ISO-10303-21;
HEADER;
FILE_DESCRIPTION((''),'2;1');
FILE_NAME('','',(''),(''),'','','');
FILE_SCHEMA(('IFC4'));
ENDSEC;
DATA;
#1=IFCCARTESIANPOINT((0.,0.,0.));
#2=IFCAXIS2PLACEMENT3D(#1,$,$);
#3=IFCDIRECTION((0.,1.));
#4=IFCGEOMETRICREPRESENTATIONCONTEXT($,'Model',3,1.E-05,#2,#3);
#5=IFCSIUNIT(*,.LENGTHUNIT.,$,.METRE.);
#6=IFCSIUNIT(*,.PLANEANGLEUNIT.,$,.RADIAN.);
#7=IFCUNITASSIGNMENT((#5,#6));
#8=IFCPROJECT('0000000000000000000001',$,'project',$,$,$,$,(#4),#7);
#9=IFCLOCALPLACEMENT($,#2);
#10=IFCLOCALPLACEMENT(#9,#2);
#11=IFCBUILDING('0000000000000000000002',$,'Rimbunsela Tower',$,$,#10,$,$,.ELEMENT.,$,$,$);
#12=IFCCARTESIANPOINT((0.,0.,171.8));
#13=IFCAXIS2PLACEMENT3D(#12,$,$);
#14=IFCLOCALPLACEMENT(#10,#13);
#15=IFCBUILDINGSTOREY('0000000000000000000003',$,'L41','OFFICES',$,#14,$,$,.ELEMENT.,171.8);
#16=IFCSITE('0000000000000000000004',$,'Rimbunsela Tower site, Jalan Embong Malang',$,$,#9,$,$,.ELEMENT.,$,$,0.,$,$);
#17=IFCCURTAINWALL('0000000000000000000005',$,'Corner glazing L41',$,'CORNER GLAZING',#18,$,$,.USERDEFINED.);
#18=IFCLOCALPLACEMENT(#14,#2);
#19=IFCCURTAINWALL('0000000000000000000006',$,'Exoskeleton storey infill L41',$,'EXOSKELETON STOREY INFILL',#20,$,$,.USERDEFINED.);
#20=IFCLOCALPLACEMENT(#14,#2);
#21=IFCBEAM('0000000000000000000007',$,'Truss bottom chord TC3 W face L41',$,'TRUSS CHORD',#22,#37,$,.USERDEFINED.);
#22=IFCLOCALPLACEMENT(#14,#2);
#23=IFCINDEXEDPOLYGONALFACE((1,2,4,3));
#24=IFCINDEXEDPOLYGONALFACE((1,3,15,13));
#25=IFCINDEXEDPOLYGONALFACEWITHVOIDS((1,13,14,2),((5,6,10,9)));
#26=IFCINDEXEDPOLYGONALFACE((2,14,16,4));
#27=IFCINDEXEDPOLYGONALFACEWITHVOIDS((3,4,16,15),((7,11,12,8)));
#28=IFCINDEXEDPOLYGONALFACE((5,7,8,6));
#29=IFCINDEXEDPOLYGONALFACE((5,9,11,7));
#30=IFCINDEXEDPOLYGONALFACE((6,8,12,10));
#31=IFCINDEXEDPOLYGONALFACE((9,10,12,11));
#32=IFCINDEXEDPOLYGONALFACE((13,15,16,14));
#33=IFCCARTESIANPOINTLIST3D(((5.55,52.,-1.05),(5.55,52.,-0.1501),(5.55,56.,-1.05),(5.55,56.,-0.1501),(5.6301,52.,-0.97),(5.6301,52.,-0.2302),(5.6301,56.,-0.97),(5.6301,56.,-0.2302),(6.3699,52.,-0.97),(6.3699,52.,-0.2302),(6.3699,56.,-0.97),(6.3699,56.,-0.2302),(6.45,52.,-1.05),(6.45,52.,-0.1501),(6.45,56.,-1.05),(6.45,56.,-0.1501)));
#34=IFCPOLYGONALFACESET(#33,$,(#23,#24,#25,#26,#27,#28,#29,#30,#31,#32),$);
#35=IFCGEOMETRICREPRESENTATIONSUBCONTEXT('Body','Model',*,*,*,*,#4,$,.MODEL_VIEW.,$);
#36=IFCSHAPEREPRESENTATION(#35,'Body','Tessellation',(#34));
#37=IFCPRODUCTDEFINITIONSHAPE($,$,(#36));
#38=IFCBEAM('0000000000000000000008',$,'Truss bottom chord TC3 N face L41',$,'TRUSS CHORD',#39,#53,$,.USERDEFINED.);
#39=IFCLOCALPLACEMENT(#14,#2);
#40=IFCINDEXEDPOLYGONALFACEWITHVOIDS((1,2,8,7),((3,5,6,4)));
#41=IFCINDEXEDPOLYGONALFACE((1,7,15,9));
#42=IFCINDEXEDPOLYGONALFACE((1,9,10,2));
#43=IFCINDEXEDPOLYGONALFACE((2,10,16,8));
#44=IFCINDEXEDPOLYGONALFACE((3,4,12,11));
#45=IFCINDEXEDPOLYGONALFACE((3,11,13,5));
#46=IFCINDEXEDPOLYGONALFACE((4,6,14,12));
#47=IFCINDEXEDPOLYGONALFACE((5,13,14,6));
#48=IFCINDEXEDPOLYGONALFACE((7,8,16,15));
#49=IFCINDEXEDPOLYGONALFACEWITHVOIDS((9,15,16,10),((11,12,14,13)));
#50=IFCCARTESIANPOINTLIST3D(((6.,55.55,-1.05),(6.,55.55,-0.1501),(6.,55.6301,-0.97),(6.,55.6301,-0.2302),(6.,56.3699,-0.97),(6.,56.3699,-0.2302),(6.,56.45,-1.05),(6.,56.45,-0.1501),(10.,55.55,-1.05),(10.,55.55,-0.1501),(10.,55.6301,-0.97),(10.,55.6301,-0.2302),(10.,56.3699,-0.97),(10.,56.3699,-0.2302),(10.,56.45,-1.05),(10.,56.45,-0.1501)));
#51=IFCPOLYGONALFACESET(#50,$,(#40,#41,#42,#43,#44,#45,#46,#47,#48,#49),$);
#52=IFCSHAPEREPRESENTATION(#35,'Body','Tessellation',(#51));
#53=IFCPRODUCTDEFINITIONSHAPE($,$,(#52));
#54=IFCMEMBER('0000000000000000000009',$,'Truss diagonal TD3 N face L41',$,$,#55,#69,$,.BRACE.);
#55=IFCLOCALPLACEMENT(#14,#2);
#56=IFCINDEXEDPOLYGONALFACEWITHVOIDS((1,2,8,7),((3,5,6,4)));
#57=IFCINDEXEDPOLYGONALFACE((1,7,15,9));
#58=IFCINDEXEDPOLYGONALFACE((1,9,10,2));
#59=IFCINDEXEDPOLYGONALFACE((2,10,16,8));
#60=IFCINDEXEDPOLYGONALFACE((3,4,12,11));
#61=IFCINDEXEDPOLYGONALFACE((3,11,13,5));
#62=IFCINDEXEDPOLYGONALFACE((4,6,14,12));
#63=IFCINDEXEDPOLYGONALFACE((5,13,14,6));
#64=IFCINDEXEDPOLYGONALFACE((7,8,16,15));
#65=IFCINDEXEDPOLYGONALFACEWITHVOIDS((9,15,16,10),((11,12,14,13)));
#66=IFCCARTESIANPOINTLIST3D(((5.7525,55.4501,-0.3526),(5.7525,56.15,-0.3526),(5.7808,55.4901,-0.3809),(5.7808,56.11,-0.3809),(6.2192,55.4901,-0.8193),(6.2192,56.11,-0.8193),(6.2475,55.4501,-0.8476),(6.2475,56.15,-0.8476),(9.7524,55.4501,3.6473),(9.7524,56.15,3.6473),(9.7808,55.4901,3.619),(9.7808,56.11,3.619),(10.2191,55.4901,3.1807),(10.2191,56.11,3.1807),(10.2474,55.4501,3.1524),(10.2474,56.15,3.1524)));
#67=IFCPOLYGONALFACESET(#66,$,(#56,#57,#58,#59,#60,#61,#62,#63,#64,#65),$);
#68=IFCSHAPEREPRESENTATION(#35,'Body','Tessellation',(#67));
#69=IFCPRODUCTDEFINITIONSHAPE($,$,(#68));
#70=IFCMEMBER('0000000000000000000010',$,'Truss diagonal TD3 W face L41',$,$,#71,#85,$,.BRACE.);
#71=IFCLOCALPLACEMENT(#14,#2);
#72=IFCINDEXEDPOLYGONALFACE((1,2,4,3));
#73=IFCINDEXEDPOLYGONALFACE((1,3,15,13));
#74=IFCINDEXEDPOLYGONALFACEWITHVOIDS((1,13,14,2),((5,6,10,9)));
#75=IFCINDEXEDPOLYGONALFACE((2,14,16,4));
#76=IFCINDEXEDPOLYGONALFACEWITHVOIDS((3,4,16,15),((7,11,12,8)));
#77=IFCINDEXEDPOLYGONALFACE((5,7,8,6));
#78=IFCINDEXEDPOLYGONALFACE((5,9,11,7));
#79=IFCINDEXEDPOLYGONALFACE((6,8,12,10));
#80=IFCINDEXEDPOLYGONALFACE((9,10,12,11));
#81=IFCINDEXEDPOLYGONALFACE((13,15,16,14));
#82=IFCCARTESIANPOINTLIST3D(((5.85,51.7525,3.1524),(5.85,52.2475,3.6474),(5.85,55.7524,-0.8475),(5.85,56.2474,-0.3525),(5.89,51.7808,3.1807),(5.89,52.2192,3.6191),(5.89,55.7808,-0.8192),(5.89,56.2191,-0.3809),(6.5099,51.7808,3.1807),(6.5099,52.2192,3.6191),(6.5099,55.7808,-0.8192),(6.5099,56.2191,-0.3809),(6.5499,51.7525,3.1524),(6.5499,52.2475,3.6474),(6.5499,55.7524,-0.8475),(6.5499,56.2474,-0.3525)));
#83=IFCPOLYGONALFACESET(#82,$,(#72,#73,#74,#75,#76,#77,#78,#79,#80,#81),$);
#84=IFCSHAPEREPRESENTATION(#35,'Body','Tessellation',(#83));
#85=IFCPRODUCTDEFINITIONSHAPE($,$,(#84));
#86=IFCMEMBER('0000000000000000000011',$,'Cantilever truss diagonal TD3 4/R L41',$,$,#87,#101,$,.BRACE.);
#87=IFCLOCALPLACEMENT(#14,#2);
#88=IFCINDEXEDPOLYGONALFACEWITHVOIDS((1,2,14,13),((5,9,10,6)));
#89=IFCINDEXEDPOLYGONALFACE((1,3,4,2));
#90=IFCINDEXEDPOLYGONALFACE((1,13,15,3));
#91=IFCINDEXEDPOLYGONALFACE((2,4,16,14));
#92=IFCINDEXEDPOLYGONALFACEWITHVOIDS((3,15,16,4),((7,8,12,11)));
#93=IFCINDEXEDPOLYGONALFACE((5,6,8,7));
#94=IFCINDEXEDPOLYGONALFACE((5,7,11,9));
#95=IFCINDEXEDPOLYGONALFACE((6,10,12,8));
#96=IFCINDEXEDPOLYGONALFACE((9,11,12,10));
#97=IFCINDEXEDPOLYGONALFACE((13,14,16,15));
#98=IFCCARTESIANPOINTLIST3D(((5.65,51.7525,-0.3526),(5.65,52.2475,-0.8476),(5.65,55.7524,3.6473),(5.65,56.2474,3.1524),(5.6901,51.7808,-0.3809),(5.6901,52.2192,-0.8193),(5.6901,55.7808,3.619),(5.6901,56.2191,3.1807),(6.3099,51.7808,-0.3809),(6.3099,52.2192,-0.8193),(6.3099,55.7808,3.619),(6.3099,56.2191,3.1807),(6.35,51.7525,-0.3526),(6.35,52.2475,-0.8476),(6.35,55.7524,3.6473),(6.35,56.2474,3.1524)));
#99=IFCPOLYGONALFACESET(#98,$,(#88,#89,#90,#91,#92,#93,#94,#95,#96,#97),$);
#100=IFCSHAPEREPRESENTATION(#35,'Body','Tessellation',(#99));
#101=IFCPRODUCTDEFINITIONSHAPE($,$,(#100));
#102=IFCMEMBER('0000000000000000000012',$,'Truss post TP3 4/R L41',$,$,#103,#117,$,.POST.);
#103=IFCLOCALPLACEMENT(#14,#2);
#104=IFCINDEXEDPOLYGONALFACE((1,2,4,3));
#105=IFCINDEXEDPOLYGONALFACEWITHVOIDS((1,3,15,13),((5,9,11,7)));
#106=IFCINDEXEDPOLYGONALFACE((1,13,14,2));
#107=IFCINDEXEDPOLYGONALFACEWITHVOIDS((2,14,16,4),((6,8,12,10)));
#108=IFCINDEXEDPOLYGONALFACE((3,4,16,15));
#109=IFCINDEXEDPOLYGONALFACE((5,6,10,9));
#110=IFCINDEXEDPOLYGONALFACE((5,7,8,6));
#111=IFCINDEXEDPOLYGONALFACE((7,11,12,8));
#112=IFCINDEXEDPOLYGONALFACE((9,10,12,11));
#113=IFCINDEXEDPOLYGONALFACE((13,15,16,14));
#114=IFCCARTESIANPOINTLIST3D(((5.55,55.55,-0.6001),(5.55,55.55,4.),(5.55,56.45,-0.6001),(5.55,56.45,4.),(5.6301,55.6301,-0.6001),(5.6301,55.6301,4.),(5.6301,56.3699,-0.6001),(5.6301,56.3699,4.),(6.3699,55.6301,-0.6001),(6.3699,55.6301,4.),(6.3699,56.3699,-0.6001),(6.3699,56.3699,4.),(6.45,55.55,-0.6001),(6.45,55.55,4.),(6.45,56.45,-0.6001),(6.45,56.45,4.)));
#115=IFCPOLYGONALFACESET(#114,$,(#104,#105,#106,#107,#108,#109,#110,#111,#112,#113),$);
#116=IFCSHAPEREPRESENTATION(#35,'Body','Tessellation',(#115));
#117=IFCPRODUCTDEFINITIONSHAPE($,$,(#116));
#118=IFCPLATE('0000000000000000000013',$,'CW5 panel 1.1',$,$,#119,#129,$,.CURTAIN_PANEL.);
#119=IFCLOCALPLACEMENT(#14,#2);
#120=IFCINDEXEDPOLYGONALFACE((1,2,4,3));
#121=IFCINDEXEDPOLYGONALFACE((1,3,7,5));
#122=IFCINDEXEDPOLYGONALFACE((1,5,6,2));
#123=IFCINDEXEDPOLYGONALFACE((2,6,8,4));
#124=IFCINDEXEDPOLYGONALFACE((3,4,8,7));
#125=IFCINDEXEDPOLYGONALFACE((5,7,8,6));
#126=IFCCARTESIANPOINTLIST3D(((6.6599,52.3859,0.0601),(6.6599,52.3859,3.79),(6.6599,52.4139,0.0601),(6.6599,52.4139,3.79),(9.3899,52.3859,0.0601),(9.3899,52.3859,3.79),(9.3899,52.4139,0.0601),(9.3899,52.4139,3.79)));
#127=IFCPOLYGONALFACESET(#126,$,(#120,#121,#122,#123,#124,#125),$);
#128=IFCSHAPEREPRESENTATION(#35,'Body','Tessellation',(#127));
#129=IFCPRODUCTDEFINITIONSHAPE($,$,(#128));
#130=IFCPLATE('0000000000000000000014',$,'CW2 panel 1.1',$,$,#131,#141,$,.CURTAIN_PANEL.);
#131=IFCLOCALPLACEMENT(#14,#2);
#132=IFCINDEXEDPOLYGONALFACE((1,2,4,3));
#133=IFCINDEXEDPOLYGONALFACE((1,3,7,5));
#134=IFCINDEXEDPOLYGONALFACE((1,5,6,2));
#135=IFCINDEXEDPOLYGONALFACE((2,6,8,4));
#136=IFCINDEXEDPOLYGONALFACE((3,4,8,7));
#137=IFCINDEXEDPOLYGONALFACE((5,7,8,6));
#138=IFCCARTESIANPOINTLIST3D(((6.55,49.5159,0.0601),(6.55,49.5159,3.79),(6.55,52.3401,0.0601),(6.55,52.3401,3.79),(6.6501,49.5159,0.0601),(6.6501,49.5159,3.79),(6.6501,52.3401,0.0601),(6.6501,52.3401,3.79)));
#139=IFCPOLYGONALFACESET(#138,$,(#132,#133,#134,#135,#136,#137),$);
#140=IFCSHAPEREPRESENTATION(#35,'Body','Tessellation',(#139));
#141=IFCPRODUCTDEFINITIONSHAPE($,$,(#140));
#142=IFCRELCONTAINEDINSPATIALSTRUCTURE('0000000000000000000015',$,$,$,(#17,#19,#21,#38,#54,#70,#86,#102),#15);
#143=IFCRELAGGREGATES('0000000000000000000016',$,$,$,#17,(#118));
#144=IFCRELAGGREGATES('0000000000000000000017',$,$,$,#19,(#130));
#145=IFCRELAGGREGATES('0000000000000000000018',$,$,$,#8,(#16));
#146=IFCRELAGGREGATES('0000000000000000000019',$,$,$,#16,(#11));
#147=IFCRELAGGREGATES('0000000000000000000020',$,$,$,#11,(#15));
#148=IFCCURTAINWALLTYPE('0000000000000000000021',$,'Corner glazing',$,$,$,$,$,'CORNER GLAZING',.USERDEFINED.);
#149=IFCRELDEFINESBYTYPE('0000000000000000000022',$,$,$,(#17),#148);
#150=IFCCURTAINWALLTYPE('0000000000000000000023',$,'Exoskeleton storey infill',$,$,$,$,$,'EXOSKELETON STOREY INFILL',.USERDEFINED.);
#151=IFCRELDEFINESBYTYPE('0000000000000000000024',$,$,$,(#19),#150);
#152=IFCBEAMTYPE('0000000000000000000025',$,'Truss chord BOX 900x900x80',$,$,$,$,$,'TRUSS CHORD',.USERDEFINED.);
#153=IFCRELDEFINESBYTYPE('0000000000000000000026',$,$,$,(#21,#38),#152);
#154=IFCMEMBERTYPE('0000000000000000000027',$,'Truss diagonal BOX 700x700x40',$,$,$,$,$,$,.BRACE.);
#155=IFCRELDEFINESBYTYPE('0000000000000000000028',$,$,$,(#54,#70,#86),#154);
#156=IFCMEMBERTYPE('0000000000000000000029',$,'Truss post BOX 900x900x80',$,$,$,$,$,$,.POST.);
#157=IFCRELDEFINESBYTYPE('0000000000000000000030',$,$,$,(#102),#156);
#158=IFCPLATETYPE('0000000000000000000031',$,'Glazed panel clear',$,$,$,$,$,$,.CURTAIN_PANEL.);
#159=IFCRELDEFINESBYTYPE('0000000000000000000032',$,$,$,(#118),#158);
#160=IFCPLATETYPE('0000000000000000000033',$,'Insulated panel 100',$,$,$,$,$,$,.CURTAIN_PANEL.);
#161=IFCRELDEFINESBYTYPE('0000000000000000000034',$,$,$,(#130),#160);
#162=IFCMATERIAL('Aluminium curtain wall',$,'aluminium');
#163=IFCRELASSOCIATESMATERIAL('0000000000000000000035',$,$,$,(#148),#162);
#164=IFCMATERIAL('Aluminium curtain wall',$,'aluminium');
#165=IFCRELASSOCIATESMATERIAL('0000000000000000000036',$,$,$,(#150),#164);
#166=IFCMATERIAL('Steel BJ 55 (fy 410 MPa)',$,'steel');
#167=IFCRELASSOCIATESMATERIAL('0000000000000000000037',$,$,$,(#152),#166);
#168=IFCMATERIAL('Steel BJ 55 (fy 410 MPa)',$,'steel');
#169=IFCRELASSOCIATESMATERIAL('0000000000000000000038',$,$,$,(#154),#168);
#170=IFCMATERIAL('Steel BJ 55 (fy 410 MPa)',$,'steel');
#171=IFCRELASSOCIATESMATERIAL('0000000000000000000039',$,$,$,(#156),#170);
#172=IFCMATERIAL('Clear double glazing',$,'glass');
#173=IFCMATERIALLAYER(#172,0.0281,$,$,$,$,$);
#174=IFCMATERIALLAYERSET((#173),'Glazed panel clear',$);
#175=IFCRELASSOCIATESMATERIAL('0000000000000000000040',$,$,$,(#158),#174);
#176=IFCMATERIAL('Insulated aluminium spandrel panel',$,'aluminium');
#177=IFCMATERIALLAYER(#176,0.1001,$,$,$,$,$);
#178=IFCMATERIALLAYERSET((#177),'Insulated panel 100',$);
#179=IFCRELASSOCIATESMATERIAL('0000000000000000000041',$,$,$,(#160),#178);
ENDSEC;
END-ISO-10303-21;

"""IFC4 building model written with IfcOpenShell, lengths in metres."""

from ifc_helpers import new_model, si_unit, direction, frame, origin, origin_2d, place, context, subcontext, project, spatial, rectangle, hollow_rectangle, extrude, material, layer, layer_set, material_profile, profile_set, type_object, element, aggregate, save


model = new_model("IFC4")

# Units and contexts
model_context = context("Model", 3, precision=1e-05, world=origin(), true_north=direction((0.0, 1.0)))
body_context = subcontext(model_context, "Body", "Model", "MODEL_VIEW")
ifc_project = project(units=[si_unit("LENGTHUNIT", "METRE"), si_unit("PLANEANGLEUNIT", "RADIAN")], contexts=[model_context])

# Site, building, storey
site_placement = place(None, origin())
site = spatial("IfcSite", under=ifc_project, at=site_placement, Name="Rimbunsela Tower site, Jalan Embong Malang", CompositionType="ELEMENT", RefElevation=0.0)
building_placement = place(site_placement, origin())
building = spatial("IfcBuilding", under=site, at=building_placement, Name="Rimbunsela Tower", CompositionType="ELEMENT")
storey_placement = place(building_placement, frame((0.0, 0.0, 171.8)))
storey = spatial("IfcBuildingStorey", under=building, at=storey_placement, Name="L41", Description="OFFICES", CompositionType="ELEMENT", Elevation=171.8)

# Curtain wall
ifc_material_1 = material(Name="Aluminium curtain wall", Category="aluminium")
curtain_wall_type_1 = type_object("IfcCurtainWallType", Name="Corner glazing", ElementType="CORNER GLAZING", PredefinedType="USERDEFINED", material=ifc_material_1)
curtain_wall_1_placement = place(storey_placement, origin())
curtain_wall_1 = element("IfcCurtainWall", 1, at=curtain_wall_1_placement, inside=storey, type_object=curtain_wall_type_1, Name="Corner glazing L41", ObjectType="CORNER GLAZING", PredefinedType="USERDEFINED")

# Curtain wall
ifc_material_2 = material(Name="Aluminium curtain wall", Category="aluminium")
curtain_wall_type_2 = type_object("IfcCurtainWallType", Name="Exoskeleton storey infill", ElementType="EXOSKELETON STOREY INFILL", PredefinedType="USERDEFINED", material=ifc_material_2)
curtain_wall_2_placement = place(storey_placement, origin())
curtain_wall_2 = element("IfcCurtainWall", 2, at=curtain_wall_2_placement, inside=storey, type_object=curtain_wall_type_2, Name="Exoskeleton storey infill L41", ObjectType="EXOSKELETON STOREY INFILL", PredefinedType="USERDEFINED")

# Beams
ifc_material_3 = material(Name="Steel BJ 55 (fy 410 MPa)", Category="steel")
ifc_material_profile_1 = material_profile(ifc_material_3, hollow_rectangle(XDim=0.8999, YDim=0.8999, WallThickness=0.0801, at=origin_2d()), Name="BOX 900x900x80")
ifc_profile_set_1 = profile_set([ifc_material_profile_1], Name="Steel BJ 55 (fy 410 MPa)")
beam_type_1 = type_object("IfcBeamType", Name="Truss chord BOX 900x900x80", ElementType="TRUSS CHORD", PredefinedType="USERDEFINED", material=ifc_profile_set_1)
for number, where, z_axis, x_axis, name in (
    (3, (6.0, 52.0, -0.6001), (0.0, 1.0, 0.0), (-1.0, 0.0, 0.0), "Truss bottom chord TC3 W face L41"),
    (4, (6.0, 56.0, -0.6001), (1.0, 0.0, 0.0), (0.0, 1.0, 0.0), "Truss bottom chord TC3 N face L41"),
):
    element("IfcBeam", number, at=place(storey_placement, frame(where, z_axis=z_axis, x_axis=x_axis)), inside=storey, type_object=beam_type_1, Name=name, ObjectType="TRUSS CHORD", PredefinedType="USERDEFINED", context=body_context, shape_type="SweptSolid", body=[
        extrude(hollow_rectangle(XDim=0.8999, YDim=0.8999, WallThickness=0.0801, at=origin_2d()), origin(), (0.0, 0.0, 1.0), 4.0),
    ])

# Members
ifc_material_4 = material(Name="Steel BJ 55 (fy 410 MPa)", Category="steel")
ifc_material_profile_2 = material_profile(ifc_material_4, hollow_rectangle(XDim=0.7, YDim=0.7, WallThickness=0.04, at=origin_2d()), Name="BOX 700x700x40")
ifc_profile_set_2 = profile_set([ifc_material_profile_2], Name="Steel BJ 55 (fy 410 MPa)")
member_type_1 = type_object("IfcMemberType", Name="Truss diagonal BOX 700x700x40", PredefinedType="BRACE", material=ifc_profile_set_2)
for number, where, z_axis, x_axis, name in (
    (5, (6.0, 55.8, -0.6001), (0.707107, 0.0, 0.707107), (0.0, 1.0, 0.0), "Truss diagonal TD3 N face L41"),
    (6, (6.2, 52.0, 3.3999), (0.0, 0.707107, -0.707107), (-1.0, 0.0, 0.0), "Truss diagonal TD3 W face L41"),
    (7, (6.0, 52.0, -0.6001), (0.0, 0.707107, 0.707107), (-1.0, 0.0, 0.0), "Cantilever truss diagonal TD3 4/R L41"),
):
    element("IfcMember", number, at=place(storey_placement, frame(where, z_axis=z_axis, x_axis=x_axis)), inside=storey, type_object=member_type_1, Name=name, PredefinedType="BRACE", context=body_context, shape_type="SweptSolid", body=[
        extrude(hollow_rectangle(XDim=0.7, YDim=0.7, WallThickness=0.04, at=origin_2d()), origin(), (0.0, 0.0, 1.0), 5.6567),
    ])
ifc_material_5 = material(Name="Steel BJ 55 (fy 410 MPa)", Category="steel")
ifc_material_profile_3 = material_profile(ifc_material_5, hollow_rectangle(XDim=0.8999, YDim=0.8999, WallThickness=0.0801, at=origin_2d()), Name="BOX 900x900x80")
ifc_profile_set_3 = profile_set([ifc_material_profile_3], Name="Steel BJ 55 (fy 410 MPa)")
member_type_2 = type_object("IfcMemberType", Name="Truss post BOX 900x900x80", PredefinedType="POST", material=ifc_profile_set_3)
member_1_placement = place(storey_placement, frame((6.0, 56.0, -0.6001), z_axis=(0.0, 0.0, 1.0), x_axis=(1.0, 0.0, 0.0)))
element("IfcMember", 8, at=member_1_placement, inside=storey, type_object=member_type_2, Name="Truss post TP3 4/R L41", PredefinedType="POST", context=body_context, shape_type="SweptSolid", body=[
    extrude(hollow_rectangle(XDim=0.8999, YDim=0.8999, WallThickness=0.0801, at=origin_2d()), origin(), (0.0, 0.0, 1.0), 4.6001),
])

# Plates
ifc_material_6 = material(Name="Clear double glazing", Category="glass")
ifc_layer_1 = layer(ifc_material_6, 0.0281)
ifc_layer_set_1 = layer_set([ifc_layer_1], Name="Glazed panel clear")
plate_type_1 = type_object("IfcPlateType", Name="Glazed panel clear", PredefinedType="CURTAIN_PANEL", material=ifc_layer_set_1)
plate_1_placement = place(storey_placement, frame((8.0249, 52.3999, 0.0601), z_axis=(0.0, 0.0, 1.0), x_axis=(-1.0, 0.0, 0.0)))
plate_1 = element("IfcPlate", 9, at=plate_1_placement, type_object=plate_type_1, Name="CW5 panel 1.1", PredefinedType="CURTAIN_PANEL", context=body_context, shape_type="SweptSolid", body=[
    extrude(rectangle(XDim=2.73, YDim=0.0281, at=origin_2d()), origin(), (0.0, 0.0, 1.0), 3.73),
])
aggregate(curtain_wall_1, [plate_1])
ifc_material_7 = material(Name="Insulated aluminium spandrel panel", Category="aluminium")
ifc_layer_2 = layer(ifc_material_7, 0.1001)
ifc_layer_set_2 = layer_set([ifc_layer_2], Name="Insulated panel 100")
plate_type_2 = type_object("IfcPlateType", Name="Insulated panel 100", PredefinedType="CURTAIN_PANEL", material=ifc_layer_set_2)
plate_2_placement = place(storey_placement, frame((6.6001, 50.928, 0.0601), z_axis=(0.0, 0.0, 1.0), x_axis=(0.0, -1.0, 0.0)))
plate_2 = element("IfcPlate", 10, at=plate_2_placement, type_object=plate_type_2, Name="CW2 panel 1.1", PredefinedType="CURTAIN_PANEL", context=body_context, shape_type="SweptSolid", body=[
    extrude(rectangle(XDim=2.8242, YDim=0.1001, at=origin_2d()), origin(), (0.0, 0.0, 1.0), 3.73),
])
aggregate(curtain_wall_2, [plate_2])

save(model, "model.ifc")
